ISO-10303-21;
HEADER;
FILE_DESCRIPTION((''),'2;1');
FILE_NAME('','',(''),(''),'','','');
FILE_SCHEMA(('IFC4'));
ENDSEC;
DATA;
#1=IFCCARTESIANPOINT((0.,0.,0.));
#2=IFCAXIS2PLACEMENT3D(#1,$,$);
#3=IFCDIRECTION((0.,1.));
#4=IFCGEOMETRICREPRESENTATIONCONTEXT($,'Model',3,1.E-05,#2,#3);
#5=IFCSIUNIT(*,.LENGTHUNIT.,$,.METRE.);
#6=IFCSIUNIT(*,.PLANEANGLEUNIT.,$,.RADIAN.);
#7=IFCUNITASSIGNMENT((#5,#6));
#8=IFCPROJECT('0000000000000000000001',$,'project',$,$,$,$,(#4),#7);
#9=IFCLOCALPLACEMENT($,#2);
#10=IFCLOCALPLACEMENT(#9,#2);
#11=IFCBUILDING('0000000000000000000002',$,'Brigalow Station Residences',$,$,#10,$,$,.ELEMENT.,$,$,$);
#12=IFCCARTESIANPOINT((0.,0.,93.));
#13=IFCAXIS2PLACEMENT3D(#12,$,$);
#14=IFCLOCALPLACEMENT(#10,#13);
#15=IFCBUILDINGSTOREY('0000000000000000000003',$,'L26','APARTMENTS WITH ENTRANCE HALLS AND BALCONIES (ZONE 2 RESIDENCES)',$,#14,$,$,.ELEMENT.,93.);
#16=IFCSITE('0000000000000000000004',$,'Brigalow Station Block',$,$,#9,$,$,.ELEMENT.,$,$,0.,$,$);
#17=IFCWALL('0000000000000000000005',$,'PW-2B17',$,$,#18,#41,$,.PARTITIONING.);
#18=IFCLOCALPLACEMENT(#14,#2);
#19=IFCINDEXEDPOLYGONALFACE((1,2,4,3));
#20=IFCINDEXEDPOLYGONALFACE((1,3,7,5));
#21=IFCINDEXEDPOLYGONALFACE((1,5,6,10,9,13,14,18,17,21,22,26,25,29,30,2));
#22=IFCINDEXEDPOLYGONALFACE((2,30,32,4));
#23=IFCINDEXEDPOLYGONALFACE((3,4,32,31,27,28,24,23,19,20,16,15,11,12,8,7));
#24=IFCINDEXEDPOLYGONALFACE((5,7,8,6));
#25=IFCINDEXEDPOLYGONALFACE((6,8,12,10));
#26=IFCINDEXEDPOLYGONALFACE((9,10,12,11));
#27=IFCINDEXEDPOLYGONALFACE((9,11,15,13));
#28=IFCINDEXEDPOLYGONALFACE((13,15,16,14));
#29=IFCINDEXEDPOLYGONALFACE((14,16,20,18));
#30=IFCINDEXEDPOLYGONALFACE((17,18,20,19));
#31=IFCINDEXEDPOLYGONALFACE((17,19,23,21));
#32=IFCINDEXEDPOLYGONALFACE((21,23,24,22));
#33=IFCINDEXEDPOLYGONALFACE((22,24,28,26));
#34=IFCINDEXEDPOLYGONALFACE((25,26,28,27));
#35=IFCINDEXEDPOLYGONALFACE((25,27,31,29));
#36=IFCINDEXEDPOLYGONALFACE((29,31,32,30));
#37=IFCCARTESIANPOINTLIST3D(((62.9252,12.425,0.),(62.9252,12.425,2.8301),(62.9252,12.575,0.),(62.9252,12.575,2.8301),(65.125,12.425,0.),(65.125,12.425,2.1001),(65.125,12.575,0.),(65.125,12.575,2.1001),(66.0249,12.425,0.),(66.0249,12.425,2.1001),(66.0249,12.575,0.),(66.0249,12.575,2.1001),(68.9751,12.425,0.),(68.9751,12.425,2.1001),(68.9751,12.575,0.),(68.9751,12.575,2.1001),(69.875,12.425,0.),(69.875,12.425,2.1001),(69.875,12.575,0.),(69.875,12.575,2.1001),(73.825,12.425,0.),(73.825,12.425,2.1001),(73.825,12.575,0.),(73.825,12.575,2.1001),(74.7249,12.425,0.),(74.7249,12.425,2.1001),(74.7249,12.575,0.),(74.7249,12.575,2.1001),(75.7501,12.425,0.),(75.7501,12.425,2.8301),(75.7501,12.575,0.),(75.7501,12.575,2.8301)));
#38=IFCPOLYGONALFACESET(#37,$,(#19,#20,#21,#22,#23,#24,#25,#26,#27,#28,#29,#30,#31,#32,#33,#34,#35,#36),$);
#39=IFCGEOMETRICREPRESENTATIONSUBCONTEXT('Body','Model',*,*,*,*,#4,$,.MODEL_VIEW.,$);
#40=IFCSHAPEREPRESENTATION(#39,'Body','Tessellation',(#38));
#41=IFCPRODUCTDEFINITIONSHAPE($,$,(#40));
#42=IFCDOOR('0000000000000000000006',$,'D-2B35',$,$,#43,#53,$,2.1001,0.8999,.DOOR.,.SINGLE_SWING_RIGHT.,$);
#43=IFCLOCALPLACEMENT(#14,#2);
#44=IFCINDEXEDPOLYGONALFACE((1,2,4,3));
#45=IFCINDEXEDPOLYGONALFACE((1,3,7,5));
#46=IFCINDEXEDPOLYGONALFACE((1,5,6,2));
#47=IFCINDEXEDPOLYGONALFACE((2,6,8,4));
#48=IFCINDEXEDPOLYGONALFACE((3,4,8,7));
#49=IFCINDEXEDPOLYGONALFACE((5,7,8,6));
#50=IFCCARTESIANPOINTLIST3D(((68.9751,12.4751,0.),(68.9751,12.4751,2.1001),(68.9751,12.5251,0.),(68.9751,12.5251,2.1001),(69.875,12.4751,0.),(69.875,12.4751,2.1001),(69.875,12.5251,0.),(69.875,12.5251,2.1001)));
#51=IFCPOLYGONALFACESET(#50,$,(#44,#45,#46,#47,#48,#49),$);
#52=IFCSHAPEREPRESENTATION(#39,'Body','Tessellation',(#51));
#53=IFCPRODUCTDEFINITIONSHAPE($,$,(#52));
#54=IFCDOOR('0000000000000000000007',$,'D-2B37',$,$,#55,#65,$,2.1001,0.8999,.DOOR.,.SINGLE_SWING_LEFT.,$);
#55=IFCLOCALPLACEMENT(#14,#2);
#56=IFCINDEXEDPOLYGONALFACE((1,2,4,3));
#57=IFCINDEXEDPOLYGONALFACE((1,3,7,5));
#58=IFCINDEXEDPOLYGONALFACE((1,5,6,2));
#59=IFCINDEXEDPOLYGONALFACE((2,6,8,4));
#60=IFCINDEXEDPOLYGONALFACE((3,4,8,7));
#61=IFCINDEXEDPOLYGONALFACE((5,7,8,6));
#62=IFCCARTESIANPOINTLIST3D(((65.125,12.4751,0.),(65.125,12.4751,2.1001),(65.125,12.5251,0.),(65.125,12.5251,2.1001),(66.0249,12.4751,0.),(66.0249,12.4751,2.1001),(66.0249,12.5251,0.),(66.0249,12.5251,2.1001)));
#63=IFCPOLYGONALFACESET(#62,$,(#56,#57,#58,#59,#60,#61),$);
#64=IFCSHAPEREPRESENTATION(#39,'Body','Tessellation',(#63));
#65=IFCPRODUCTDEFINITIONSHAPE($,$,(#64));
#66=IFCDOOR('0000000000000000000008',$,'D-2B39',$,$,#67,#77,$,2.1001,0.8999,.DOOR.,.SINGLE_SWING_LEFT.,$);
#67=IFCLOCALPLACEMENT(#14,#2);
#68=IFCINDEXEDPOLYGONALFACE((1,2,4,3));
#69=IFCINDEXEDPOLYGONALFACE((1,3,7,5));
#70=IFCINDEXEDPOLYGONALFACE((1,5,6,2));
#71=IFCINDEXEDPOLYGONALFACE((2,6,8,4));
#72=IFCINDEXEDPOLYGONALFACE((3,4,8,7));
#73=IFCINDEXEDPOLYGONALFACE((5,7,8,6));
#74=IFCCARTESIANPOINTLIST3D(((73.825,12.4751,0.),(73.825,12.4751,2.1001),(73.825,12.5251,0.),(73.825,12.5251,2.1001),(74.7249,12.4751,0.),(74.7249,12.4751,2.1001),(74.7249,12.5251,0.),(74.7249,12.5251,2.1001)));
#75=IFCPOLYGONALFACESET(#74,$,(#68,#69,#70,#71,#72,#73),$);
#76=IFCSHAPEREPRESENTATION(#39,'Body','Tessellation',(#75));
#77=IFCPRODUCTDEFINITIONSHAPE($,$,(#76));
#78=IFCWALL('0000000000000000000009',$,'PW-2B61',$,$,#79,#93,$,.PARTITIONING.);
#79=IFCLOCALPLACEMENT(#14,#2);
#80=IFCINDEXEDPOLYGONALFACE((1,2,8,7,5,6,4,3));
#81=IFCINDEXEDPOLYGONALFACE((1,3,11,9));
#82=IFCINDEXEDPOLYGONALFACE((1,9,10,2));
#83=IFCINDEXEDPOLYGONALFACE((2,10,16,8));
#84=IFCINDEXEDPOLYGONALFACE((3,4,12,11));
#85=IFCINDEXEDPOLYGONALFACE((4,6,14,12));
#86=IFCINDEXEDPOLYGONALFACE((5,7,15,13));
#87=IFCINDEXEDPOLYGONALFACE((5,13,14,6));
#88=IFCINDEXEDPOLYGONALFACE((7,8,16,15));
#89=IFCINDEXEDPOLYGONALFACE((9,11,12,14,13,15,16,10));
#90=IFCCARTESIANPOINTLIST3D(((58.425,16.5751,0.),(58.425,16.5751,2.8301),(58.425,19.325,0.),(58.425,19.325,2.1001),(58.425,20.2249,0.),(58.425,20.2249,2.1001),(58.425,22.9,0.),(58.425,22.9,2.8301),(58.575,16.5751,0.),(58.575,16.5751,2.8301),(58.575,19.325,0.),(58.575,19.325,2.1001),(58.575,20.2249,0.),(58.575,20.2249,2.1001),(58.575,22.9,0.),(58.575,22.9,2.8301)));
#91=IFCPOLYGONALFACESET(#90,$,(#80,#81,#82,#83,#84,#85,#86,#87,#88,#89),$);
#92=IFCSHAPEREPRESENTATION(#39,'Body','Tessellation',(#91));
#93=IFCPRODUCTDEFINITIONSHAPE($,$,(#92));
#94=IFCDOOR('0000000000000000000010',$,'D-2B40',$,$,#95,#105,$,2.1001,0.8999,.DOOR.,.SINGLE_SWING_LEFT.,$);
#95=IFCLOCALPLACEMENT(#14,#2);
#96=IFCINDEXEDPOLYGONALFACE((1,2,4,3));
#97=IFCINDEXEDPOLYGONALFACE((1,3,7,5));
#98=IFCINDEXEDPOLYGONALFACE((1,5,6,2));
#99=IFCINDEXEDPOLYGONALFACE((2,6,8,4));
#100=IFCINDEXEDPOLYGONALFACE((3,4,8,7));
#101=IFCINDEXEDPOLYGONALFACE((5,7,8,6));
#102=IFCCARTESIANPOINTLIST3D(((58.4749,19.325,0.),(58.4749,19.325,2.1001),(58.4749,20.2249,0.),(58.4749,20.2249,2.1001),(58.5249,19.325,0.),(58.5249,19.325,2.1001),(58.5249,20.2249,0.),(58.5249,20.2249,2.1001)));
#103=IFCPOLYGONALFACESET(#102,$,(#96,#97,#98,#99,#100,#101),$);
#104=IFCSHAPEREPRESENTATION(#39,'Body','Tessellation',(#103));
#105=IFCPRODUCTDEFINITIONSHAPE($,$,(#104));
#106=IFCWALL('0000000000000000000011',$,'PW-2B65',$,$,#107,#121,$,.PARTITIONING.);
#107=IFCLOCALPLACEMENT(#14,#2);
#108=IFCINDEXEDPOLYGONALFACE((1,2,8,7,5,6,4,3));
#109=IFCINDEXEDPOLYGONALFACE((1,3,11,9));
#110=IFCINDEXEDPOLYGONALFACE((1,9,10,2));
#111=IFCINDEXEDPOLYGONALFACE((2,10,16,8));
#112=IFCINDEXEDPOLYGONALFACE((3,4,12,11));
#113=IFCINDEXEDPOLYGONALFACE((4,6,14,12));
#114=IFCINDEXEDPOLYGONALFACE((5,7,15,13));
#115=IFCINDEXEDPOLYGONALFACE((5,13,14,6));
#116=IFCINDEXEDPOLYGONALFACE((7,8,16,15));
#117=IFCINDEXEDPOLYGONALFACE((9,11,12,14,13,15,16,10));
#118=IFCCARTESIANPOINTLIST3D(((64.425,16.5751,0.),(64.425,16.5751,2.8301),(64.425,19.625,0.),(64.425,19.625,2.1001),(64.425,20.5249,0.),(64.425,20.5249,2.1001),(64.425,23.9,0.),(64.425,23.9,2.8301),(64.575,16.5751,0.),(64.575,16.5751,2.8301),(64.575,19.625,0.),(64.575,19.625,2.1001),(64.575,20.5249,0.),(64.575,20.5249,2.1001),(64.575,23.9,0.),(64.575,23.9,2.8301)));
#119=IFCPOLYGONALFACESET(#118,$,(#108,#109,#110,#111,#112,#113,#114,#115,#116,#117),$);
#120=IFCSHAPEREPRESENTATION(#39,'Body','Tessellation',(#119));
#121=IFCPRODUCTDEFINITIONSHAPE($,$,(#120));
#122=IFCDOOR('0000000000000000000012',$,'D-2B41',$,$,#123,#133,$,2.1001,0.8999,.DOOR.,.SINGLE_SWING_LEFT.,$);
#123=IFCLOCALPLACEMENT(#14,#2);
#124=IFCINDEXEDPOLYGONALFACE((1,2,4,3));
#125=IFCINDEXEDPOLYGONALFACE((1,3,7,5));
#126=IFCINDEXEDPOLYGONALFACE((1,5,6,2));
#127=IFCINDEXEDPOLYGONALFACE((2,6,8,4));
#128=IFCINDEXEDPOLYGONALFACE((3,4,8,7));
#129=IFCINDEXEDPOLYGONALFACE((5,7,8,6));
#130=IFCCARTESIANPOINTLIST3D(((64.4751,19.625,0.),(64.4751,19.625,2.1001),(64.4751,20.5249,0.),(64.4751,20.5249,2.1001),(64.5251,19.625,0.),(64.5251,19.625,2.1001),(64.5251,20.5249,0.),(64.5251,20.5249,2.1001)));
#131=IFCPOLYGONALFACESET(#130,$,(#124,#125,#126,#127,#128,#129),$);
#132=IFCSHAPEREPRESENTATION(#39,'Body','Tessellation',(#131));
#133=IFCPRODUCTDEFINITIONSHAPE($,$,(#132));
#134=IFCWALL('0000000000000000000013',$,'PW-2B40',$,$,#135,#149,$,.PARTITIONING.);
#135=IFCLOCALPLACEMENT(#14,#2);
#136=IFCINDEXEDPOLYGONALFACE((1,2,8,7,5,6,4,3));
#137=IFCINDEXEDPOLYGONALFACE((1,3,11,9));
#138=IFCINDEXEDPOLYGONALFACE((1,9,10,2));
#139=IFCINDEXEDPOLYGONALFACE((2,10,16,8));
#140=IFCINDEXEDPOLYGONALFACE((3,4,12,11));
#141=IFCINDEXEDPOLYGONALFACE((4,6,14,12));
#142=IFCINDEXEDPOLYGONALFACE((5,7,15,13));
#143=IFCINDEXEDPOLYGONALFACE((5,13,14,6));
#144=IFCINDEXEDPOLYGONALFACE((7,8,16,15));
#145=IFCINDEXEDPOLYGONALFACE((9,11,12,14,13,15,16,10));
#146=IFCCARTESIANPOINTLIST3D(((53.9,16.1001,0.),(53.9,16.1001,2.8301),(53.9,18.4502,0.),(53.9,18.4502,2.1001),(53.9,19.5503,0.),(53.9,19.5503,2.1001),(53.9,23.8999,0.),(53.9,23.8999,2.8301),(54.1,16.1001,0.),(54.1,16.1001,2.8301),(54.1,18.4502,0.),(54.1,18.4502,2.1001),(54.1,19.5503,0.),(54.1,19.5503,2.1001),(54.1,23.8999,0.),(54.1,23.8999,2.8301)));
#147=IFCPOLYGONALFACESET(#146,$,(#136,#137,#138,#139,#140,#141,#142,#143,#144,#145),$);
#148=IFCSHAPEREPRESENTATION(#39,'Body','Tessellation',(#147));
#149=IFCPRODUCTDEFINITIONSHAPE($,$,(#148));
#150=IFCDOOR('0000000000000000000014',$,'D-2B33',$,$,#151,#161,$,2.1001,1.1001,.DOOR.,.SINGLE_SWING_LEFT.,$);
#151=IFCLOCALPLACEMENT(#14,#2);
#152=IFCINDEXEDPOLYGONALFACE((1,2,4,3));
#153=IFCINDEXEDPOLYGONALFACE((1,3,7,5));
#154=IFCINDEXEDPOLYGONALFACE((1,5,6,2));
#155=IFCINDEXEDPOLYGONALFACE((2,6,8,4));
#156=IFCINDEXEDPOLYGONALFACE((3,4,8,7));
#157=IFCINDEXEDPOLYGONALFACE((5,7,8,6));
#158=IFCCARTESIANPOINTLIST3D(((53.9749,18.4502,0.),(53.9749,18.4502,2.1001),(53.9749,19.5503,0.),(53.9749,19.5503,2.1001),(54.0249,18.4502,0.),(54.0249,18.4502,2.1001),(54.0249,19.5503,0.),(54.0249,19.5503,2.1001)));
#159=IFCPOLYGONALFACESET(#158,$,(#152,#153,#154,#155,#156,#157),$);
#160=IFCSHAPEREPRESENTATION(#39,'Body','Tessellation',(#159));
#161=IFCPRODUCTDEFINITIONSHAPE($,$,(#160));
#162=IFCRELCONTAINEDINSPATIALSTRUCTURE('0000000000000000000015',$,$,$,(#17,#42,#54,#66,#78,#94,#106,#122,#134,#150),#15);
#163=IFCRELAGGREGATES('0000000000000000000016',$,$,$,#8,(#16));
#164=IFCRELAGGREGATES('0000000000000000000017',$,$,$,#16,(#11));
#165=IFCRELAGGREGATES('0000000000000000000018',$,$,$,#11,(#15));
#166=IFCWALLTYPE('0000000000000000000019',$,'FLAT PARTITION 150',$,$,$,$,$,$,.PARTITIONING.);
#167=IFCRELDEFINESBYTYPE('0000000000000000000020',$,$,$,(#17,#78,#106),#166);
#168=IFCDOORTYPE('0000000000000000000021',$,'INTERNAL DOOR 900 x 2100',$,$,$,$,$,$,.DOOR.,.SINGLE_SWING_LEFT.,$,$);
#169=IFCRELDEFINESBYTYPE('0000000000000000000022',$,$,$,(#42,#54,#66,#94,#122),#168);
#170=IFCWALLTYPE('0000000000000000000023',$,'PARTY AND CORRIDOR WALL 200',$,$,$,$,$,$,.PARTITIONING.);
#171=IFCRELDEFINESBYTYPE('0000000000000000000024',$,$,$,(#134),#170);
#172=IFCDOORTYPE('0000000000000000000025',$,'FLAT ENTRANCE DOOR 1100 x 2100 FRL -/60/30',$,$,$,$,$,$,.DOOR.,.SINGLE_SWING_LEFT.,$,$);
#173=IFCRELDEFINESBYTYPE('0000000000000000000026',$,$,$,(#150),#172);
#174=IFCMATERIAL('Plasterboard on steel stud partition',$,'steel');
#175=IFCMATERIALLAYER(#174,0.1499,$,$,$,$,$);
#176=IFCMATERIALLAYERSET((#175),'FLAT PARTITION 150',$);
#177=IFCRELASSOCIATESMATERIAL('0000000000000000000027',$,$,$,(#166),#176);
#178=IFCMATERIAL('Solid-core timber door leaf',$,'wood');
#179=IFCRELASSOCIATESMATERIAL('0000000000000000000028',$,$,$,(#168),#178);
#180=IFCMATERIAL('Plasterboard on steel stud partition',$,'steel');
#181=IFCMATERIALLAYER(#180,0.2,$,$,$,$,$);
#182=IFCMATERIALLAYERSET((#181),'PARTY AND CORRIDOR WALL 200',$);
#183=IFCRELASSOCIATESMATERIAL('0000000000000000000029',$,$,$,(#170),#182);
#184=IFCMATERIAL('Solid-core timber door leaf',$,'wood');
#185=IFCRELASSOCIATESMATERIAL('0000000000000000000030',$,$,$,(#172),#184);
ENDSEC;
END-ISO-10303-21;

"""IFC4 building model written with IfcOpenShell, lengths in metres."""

from ifc_helpers import new_model, si_unit, direction, frame, frame_2d, origin, place, context, subcontext, project, spatial, rectangle, extrude, material, layer, layer_set, type_object, element, fill, save


model = new_model("IFC4")

# Units and contexts
model_context = context("Model", 3, precision=1e-05, world=origin(), true_north=direction((0.0, 1.0)))
body_context = subcontext(model_context, "Body", "Model", "MODEL_VIEW")
ifc_project = project(units=[si_unit("LENGTHUNIT", "METRE"), si_unit("PLANEANGLEUNIT", "RADIAN")], contexts=[model_context])

# Site, building, storey
site_placement = place(None, origin())
site = spatial("IfcSite", under=ifc_project, at=site_placement, Name="Brigalow Station Block", CompositionType="ELEMENT", RefElevation=0.0)
building_placement = place(site_placement, origin())
building = spatial("IfcBuilding", under=site, at=building_placement, Name="Brigalow Station Residences", CompositionType="ELEMENT")
storey_placement = place(building_placement, frame((0.0, 0.0, 93.0)))
storey = spatial("IfcBuildingStorey", under=building, at=storey_placement, Name="L26", Description="APARTMENTS WITH ENTRANCE HALLS AND BALCONIES (ZONE 2 RESIDENCES)", CompositionType="ELEMENT", Elevation=93.0)

# Shared definitions
ifc_material_1 = material(Name="Plasterboard on steel stud partition", Category="steel")
ifc_layer_1 = layer(ifc_material_1, 0.1499)
ifc_layer_set_1 = layer_set([ifc_layer_1], Name="FLAT PARTITION 150")
wall_type_1 = type_object("IfcWallType", Name="FLAT PARTITION 150", PredefinedType="PARTITIONING", material=ifc_layer_set_1)

# Wall, openings, doors
wall_1_placement = place(storey_placement, frame((62.925, 12.5, 0.0), z_axis=(0.0, 0.0, 1.0), x_axis=(1.0, 0.0, 0.0)))
wall_1 = element("IfcWall", 1, at=wall_1_placement, inside=storey, type_object=wall_type_1, Name="PW-2B17", PredefinedType="PARTITIONING", context=body_context, shape_type="SweptSolid", body=[
    extrude(rectangle(XDim=12.825, YDim=0.1499, at=frame_2d((6.4126, 0.0))), origin(), (0.0, 0.0, 1.0), 2.8301),
])
opening_1_placement = place(wall_1_placement, frame((6.05, 0.0, 0.0)))
opening_1 = element("IfcOpeningElement", 2, at=opening_1_placement, cuts=wall_1, PredefinedType="OPENING", context=body_context, shape_type="SweptSolid", body=[
    extrude(rectangle(XDim=0.8999, YDim=2.1001, at=frame_2d((0.45, 1.05))), frame((0.0, 0.085, 0.0), z_axis=(0.0, -1.0, 0.0), x_axis=(1.0, 0.0, 0.0)), (0.0, 0.0, 1.0), 0.1699),
])
opening_2_placement = place(wall_1_placement, frame((2.2, 0.0, 0.0)))
opening_2 = element("IfcOpeningElement", 3, at=opening_2_placement, cuts=wall_1, PredefinedType="OPENING", context=body_context, shape_type="SweptSolid", body=[
    extrude(rectangle(XDim=0.8999, YDim=2.1001, at=frame_2d((0.45, 1.05))), frame((0.0, 0.085, 0.0), z_axis=(0.0, -1.0, 0.0), x_axis=(1.0, 0.0, 0.0)), (0.0, 0.0, 1.0), 0.1699),
])
opening_3_placement = place(wall_1_placement, frame((10.8999, 0.0, 0.0)))
opening_3 = element("IfcOpeningElement", 4, at=opening_3_placement, cuts=wall_1, PredefinedType="OPENING", context=body_context, shape_type="SweptSolid", body=[
    extrude(rectangle(XDim=0.8999, YDim=2.1001, at=frame_2d((0.45, 1.05))), frame((0.0, 0.085, 0.0), z_axis=(0.0, -1.0, 0.0), x_axis=(1.0, 0.0, 0.0)), (0.0, 0.0, 1.0), 0.1699),
])
ifc_material_2 = material(Name="Solid-core timber door leaf", Category="wood")
door_type_1 = type_object("IfcDoorType", Name="INTERNAL DOOR 900 x 2100", OperationType="SINGLE_SWING_LEFT", PredefinedType="DOOR", material=ifc_material_2)
door_1_placement = place(opening_1_placement, frame((0.8999, 0.0, 0.0), z_axis=(0.0, 0.0, 1.0), x_axis=(-1.0, 0.0, 0.0)))
door_1 = element("IfcDoor", 5, at=door_1_placement, inside=storey, type_object=door_type_1, Name="D-2B35", OperationType="SINGLE_SWING_RIGHT", OverallHeight=2.1001, OverallWidth=0.8999, PredefinedType="DOOR", context=body_context, shape_type="SweptSolid", body=[
    extrude(rectangle(XDim=0.8999, YDim=2.1001, at=frame_2d((0.45, 1.05))), frame((0.0, 0.0249, 0.0), z_axis=(0.0, -1.0, 0.0), x_axis=(1.0, 0.0, 0.0)), (0.0, 0.0, 1.0), 0.05),
])
fill(opening_1, door_1)
door_2_placement = place(opening_2_placement, frame((0.8999, 0.0, 0.0), z_axis=(0.0, 0.0, 1.0), x_axis=(-1.0, 0.0, 0.0)))
door_2 = element("IfcDoor", 6, at=door_2_placement, inside=storey, type_object=door_type_1, Name="D-2B37", OperationType="SINGLE_SWING_LEFT", OverallHeight=2.1001, OverallWidth=0.8999, PredefinedType="DOOR", context=body_context, shape_type="SweptSolid", body=[
    extrude(rectangle(XDim=0.8999, YDim=2.1001, at=frame_2d((0.45, 1.05))), frame((0.0, 0.0249, 0.0), z_axis=(0.0, -1.0, 0.0), x_axis=(1.0, 0.0, 0.0)), (0.0, 0.0, 1.0), 0.05),
])
fill(opening_2, door_2)
door_3_placement = place(opening_3_placement, frame((0.8999, 0.0, 0.0), z_axis=(0.0, 0.0, 1.0), x_axis=(-1.0, 0.0, 0.0)))
door_3 = element("IfcDoor", 7, at=door_3_placement, inside=storey, type_object=door_type_1, Name="D-2B39", OperationType="SINGLE_SWING_LEFT", OverallHeight=2.1001, OverallWidth=0.8999, PredefinedType="DOOR", context=body_context, shape_type="SweptSolid", body=[
    extrude(rectangle(XDim=0.8999, YDim=2.1001, at=frame_2d((0.45, 1.05))), frame((0.0, 0.0249, 0.0), z_axis=(0.0, -1.0, 0.0), x_axis=(1.0, 0.0, 0.0)), (0.0, 0.0, 1.0), 0.05),
])
fill(opening_3, door_3)

# Walls, openings, doors
wall_2_placement = place(storey_placement, frame((58.5, 16.575, 0.0), z_axis=(0.0, 0.0, 1.0), x_axis=(0.0, 1.0, 0.0)))
wall_2 = element("IfcWall", 8, at=wall_2_placement, inside=storey, type_object=wall_type_1, Name="PW-2B61", PredefinedType="PARTITIONING", context=body_context, shape_type="SweptSolid", body=[
    extrude(rectangle(XDim=6.325, YDim=0.1499, at=frame_2d((3.1626, 0.0))), origin(), (0.0, 0.0, 1.0), 2.8301),
])
opening_4_placement = place(wall_2_placement, frame((2.75, 0.0, 0.0)))
opening_4 = element("IfcOpeningElement", 9, at=opening_4_placement, cuts=wall_2, PredefinedType="OPENING", context=body_context, shape_type="SweptSolid", body=[
    extrude(rectangle(XDim=0.8999, YDim=2.1001, at=frame_2d((0.45, 1.05))), frame((0.0, 0.085, 0.0), z_axis=(0.0, -1.0, 0.0), x_axis=(1.0, 0.0, 0.0)), (0.0, 0.0, 1.0), 0.1699),
])
door_4_placement = place(opening_4_placement, frame((0.8999, 0.0, 0.0), z_axis=(0.0, 0.0, 1.0), x_axis=(-1.0, 0.0, 0.0)))
door_4 = element("IfcDoor", 10, at=door_4_placement, inside=storey, type_object=door_type_1, Name="D-2B40", OperationType="SINGLE_SWING_LEFT", OverallHeight=2.1001, OverallWidth=0.8999, PredefinedType="DOOR", context=body_context, shape_type="SweptSolid", body=[
    extrude(rectangle(XDim=0.8999, YDim=2.1001, at=frame_2d((0.45, 1.05))), frame((0.0, 0.0249, 0.0), z_axis=(0.0, -1.0, 0.0), x_axis=(1.0, 0.0, 0.0)), (0.0, 0.0, 1.0), 0.05),
])
fill(opening_4, door_4)
wall_3_placement = place(storey_placement, frame((64.5, 16.575, 0.0), z_axis=(0.0, 0.0, 1.0), x_axis=(0.0, 1.0, 0.0)))
wall_3 = element("IfcWall", 11, at=wall_3_placement, inside=storey, type_object=wall_type_1, Name="PW-2B65", PredefinedType="PARTITIONING", context=body_context, shape_type="SweptSolid", body=[
    extrude(rectangle(XDim=7.325, YDim=0.1499, at=frame_2d((3.6626, 0.0))), origin(), (0.0, 0.0, 1.0), 2.8301),
])
opening_5_placement = place(wall_3_placement, frame((3.05, 0.0, 0.0)))
opening_5 = element("IfcOpeningElement", 12, at=opening_5_placement, cuts=wall_3, PredefinedType="OPENING", context=body_context, shape_type="SweptSolid", body=[
    extrude(rectangle(XDim=0.8999, YDim=2.1001, at=frame_2d((0.45, 1.05))), frame((0.0, 0.085, 0.0), z_axis=(0.0, -1.0, 0.0), x_axis=(1.0, 0.0, 0.0)), (0.0, 0.0, 1.0), 0.1699),
])
door_5_placement = place(opening_5_placement, origin())
door_5 = element("IfcDoor", 13, at=door_5_placement, inside=storey, type_object=door_type_1, Name="D-2B41", OperationType="SINGLE_SWING_LEFT", OverallHeight=2.1001, OverallWidth=0.8999, PredefinedType="DOOR", context=body_context, shape_type="SweptSolid", body=[
    extrude(rectangle(XDim=0.8999, YDim=2.1001, at=frame_2d((0.45, 1.05))), frame((0.0, 0.0249, 0.0), z_axis=(0.0, -1.0, 0.0), x_axis=(1.0, 0.0, 0.0)), (0.0, 0.0, 1.0), 0.05),
])
fill(opening_5, door_5)
ifc_material_3 = material(Name="Plasterboard on steel stud partition", Category="steel")
ifc_layer_2 = layer(ifc_material_3, 0.2)
ifc_layer_set_2 = layer_set([ifc_layer_2], Name="PARTY AND CORRIDOR WALL 200")
wall_type_2 = type_object("IfcWallType", Name="PARTY AND CORRIDOR WALL 200", PredefinedType="PARTITIONING", material=ifc_layer_set_2)
wall_4_placement = place(storey_placement, frame((54.0, 16.1001, 0.0), z_axis=(0.0, 0.0, 1.0), x_axis=(0.0, 1.0, 0.0)))
wall_4 = element("IfcWall", 14, at=wall_4_placement, inside=storey, type_object=wall_type_2, Name="PW-2B40", PredefinedType="PARTITIONING", context=body_context, shape_type="SweptSolid", body=[
    extrude(rectangle(XDim=7.7998, YDim=0.2, at=frame_2d((3.8999, 0.0))), origin(), (0.0, 0.0, 1.0), 2.8301),
])
opening_6_placement = place(wall_4_placement, frame((2.3501, 0.0, 0.0)))
opening_6 = element("IfcOpeningElement", 15, at=opening_6_placement, cuts=wall_4, PredefinedType="OPENING", context=body_context, shape_type="SweptSolid", body=[
    extrude(rectangle(XDim=1.1001, YDim=2.1001, at=frame_2d((0.55, 1.05))), frame((0.0, 0.1099, 0.0), z_axis=(0.0, -1.0, 0.0), x_axis=(1.0, 0.0, 0.0)), (0.0, 0.0, 1.0), 0.22),
])
ifc_material_4 = material(Name="Solid-core timber door leaf", Category="wood")
door_type_2 = type_object("IfcDoorType", Name="FLAT ENTRANCE DOOR 1100 x 2100 FRL -/60/30", OperationType="SINGLE_SWING_LEFT", PredefinedType="DOOR", material=ifc_material_4)
door_6_placement = place(opening_6_placement, frame((1.1001, 0.0, 0.0), z_axis=(0.0, 0.0, 1.0), x_axis=(-1.0, 0.0, 0.0)))
door_6 = element("IfcDoor", 16, at=door_6_placement, inside=storey, type_object=door_type_2, Name="D-2B33", OperationType="SINGLE_SWING_LEFT", OverallHeight=2.1001, OverallWidth=1.1001, PredefinedType="DOOR", context=body_context, shape_type="SweptSolid", body=[
    extrude(rectangle(XDim=1.1001, YDim=2.1001, at=frame_2d((0.55, 1.05))), frame((0.0, 0.0249, 0.0), z_axis=(0.0, -1.0, 0.0), x_axis=(1.0, 0.0, 0.0)), (0.0, 0.0, 1.0), 0.05),
])
fill(opening_6, door_6)

save(model, "model.ifc")
